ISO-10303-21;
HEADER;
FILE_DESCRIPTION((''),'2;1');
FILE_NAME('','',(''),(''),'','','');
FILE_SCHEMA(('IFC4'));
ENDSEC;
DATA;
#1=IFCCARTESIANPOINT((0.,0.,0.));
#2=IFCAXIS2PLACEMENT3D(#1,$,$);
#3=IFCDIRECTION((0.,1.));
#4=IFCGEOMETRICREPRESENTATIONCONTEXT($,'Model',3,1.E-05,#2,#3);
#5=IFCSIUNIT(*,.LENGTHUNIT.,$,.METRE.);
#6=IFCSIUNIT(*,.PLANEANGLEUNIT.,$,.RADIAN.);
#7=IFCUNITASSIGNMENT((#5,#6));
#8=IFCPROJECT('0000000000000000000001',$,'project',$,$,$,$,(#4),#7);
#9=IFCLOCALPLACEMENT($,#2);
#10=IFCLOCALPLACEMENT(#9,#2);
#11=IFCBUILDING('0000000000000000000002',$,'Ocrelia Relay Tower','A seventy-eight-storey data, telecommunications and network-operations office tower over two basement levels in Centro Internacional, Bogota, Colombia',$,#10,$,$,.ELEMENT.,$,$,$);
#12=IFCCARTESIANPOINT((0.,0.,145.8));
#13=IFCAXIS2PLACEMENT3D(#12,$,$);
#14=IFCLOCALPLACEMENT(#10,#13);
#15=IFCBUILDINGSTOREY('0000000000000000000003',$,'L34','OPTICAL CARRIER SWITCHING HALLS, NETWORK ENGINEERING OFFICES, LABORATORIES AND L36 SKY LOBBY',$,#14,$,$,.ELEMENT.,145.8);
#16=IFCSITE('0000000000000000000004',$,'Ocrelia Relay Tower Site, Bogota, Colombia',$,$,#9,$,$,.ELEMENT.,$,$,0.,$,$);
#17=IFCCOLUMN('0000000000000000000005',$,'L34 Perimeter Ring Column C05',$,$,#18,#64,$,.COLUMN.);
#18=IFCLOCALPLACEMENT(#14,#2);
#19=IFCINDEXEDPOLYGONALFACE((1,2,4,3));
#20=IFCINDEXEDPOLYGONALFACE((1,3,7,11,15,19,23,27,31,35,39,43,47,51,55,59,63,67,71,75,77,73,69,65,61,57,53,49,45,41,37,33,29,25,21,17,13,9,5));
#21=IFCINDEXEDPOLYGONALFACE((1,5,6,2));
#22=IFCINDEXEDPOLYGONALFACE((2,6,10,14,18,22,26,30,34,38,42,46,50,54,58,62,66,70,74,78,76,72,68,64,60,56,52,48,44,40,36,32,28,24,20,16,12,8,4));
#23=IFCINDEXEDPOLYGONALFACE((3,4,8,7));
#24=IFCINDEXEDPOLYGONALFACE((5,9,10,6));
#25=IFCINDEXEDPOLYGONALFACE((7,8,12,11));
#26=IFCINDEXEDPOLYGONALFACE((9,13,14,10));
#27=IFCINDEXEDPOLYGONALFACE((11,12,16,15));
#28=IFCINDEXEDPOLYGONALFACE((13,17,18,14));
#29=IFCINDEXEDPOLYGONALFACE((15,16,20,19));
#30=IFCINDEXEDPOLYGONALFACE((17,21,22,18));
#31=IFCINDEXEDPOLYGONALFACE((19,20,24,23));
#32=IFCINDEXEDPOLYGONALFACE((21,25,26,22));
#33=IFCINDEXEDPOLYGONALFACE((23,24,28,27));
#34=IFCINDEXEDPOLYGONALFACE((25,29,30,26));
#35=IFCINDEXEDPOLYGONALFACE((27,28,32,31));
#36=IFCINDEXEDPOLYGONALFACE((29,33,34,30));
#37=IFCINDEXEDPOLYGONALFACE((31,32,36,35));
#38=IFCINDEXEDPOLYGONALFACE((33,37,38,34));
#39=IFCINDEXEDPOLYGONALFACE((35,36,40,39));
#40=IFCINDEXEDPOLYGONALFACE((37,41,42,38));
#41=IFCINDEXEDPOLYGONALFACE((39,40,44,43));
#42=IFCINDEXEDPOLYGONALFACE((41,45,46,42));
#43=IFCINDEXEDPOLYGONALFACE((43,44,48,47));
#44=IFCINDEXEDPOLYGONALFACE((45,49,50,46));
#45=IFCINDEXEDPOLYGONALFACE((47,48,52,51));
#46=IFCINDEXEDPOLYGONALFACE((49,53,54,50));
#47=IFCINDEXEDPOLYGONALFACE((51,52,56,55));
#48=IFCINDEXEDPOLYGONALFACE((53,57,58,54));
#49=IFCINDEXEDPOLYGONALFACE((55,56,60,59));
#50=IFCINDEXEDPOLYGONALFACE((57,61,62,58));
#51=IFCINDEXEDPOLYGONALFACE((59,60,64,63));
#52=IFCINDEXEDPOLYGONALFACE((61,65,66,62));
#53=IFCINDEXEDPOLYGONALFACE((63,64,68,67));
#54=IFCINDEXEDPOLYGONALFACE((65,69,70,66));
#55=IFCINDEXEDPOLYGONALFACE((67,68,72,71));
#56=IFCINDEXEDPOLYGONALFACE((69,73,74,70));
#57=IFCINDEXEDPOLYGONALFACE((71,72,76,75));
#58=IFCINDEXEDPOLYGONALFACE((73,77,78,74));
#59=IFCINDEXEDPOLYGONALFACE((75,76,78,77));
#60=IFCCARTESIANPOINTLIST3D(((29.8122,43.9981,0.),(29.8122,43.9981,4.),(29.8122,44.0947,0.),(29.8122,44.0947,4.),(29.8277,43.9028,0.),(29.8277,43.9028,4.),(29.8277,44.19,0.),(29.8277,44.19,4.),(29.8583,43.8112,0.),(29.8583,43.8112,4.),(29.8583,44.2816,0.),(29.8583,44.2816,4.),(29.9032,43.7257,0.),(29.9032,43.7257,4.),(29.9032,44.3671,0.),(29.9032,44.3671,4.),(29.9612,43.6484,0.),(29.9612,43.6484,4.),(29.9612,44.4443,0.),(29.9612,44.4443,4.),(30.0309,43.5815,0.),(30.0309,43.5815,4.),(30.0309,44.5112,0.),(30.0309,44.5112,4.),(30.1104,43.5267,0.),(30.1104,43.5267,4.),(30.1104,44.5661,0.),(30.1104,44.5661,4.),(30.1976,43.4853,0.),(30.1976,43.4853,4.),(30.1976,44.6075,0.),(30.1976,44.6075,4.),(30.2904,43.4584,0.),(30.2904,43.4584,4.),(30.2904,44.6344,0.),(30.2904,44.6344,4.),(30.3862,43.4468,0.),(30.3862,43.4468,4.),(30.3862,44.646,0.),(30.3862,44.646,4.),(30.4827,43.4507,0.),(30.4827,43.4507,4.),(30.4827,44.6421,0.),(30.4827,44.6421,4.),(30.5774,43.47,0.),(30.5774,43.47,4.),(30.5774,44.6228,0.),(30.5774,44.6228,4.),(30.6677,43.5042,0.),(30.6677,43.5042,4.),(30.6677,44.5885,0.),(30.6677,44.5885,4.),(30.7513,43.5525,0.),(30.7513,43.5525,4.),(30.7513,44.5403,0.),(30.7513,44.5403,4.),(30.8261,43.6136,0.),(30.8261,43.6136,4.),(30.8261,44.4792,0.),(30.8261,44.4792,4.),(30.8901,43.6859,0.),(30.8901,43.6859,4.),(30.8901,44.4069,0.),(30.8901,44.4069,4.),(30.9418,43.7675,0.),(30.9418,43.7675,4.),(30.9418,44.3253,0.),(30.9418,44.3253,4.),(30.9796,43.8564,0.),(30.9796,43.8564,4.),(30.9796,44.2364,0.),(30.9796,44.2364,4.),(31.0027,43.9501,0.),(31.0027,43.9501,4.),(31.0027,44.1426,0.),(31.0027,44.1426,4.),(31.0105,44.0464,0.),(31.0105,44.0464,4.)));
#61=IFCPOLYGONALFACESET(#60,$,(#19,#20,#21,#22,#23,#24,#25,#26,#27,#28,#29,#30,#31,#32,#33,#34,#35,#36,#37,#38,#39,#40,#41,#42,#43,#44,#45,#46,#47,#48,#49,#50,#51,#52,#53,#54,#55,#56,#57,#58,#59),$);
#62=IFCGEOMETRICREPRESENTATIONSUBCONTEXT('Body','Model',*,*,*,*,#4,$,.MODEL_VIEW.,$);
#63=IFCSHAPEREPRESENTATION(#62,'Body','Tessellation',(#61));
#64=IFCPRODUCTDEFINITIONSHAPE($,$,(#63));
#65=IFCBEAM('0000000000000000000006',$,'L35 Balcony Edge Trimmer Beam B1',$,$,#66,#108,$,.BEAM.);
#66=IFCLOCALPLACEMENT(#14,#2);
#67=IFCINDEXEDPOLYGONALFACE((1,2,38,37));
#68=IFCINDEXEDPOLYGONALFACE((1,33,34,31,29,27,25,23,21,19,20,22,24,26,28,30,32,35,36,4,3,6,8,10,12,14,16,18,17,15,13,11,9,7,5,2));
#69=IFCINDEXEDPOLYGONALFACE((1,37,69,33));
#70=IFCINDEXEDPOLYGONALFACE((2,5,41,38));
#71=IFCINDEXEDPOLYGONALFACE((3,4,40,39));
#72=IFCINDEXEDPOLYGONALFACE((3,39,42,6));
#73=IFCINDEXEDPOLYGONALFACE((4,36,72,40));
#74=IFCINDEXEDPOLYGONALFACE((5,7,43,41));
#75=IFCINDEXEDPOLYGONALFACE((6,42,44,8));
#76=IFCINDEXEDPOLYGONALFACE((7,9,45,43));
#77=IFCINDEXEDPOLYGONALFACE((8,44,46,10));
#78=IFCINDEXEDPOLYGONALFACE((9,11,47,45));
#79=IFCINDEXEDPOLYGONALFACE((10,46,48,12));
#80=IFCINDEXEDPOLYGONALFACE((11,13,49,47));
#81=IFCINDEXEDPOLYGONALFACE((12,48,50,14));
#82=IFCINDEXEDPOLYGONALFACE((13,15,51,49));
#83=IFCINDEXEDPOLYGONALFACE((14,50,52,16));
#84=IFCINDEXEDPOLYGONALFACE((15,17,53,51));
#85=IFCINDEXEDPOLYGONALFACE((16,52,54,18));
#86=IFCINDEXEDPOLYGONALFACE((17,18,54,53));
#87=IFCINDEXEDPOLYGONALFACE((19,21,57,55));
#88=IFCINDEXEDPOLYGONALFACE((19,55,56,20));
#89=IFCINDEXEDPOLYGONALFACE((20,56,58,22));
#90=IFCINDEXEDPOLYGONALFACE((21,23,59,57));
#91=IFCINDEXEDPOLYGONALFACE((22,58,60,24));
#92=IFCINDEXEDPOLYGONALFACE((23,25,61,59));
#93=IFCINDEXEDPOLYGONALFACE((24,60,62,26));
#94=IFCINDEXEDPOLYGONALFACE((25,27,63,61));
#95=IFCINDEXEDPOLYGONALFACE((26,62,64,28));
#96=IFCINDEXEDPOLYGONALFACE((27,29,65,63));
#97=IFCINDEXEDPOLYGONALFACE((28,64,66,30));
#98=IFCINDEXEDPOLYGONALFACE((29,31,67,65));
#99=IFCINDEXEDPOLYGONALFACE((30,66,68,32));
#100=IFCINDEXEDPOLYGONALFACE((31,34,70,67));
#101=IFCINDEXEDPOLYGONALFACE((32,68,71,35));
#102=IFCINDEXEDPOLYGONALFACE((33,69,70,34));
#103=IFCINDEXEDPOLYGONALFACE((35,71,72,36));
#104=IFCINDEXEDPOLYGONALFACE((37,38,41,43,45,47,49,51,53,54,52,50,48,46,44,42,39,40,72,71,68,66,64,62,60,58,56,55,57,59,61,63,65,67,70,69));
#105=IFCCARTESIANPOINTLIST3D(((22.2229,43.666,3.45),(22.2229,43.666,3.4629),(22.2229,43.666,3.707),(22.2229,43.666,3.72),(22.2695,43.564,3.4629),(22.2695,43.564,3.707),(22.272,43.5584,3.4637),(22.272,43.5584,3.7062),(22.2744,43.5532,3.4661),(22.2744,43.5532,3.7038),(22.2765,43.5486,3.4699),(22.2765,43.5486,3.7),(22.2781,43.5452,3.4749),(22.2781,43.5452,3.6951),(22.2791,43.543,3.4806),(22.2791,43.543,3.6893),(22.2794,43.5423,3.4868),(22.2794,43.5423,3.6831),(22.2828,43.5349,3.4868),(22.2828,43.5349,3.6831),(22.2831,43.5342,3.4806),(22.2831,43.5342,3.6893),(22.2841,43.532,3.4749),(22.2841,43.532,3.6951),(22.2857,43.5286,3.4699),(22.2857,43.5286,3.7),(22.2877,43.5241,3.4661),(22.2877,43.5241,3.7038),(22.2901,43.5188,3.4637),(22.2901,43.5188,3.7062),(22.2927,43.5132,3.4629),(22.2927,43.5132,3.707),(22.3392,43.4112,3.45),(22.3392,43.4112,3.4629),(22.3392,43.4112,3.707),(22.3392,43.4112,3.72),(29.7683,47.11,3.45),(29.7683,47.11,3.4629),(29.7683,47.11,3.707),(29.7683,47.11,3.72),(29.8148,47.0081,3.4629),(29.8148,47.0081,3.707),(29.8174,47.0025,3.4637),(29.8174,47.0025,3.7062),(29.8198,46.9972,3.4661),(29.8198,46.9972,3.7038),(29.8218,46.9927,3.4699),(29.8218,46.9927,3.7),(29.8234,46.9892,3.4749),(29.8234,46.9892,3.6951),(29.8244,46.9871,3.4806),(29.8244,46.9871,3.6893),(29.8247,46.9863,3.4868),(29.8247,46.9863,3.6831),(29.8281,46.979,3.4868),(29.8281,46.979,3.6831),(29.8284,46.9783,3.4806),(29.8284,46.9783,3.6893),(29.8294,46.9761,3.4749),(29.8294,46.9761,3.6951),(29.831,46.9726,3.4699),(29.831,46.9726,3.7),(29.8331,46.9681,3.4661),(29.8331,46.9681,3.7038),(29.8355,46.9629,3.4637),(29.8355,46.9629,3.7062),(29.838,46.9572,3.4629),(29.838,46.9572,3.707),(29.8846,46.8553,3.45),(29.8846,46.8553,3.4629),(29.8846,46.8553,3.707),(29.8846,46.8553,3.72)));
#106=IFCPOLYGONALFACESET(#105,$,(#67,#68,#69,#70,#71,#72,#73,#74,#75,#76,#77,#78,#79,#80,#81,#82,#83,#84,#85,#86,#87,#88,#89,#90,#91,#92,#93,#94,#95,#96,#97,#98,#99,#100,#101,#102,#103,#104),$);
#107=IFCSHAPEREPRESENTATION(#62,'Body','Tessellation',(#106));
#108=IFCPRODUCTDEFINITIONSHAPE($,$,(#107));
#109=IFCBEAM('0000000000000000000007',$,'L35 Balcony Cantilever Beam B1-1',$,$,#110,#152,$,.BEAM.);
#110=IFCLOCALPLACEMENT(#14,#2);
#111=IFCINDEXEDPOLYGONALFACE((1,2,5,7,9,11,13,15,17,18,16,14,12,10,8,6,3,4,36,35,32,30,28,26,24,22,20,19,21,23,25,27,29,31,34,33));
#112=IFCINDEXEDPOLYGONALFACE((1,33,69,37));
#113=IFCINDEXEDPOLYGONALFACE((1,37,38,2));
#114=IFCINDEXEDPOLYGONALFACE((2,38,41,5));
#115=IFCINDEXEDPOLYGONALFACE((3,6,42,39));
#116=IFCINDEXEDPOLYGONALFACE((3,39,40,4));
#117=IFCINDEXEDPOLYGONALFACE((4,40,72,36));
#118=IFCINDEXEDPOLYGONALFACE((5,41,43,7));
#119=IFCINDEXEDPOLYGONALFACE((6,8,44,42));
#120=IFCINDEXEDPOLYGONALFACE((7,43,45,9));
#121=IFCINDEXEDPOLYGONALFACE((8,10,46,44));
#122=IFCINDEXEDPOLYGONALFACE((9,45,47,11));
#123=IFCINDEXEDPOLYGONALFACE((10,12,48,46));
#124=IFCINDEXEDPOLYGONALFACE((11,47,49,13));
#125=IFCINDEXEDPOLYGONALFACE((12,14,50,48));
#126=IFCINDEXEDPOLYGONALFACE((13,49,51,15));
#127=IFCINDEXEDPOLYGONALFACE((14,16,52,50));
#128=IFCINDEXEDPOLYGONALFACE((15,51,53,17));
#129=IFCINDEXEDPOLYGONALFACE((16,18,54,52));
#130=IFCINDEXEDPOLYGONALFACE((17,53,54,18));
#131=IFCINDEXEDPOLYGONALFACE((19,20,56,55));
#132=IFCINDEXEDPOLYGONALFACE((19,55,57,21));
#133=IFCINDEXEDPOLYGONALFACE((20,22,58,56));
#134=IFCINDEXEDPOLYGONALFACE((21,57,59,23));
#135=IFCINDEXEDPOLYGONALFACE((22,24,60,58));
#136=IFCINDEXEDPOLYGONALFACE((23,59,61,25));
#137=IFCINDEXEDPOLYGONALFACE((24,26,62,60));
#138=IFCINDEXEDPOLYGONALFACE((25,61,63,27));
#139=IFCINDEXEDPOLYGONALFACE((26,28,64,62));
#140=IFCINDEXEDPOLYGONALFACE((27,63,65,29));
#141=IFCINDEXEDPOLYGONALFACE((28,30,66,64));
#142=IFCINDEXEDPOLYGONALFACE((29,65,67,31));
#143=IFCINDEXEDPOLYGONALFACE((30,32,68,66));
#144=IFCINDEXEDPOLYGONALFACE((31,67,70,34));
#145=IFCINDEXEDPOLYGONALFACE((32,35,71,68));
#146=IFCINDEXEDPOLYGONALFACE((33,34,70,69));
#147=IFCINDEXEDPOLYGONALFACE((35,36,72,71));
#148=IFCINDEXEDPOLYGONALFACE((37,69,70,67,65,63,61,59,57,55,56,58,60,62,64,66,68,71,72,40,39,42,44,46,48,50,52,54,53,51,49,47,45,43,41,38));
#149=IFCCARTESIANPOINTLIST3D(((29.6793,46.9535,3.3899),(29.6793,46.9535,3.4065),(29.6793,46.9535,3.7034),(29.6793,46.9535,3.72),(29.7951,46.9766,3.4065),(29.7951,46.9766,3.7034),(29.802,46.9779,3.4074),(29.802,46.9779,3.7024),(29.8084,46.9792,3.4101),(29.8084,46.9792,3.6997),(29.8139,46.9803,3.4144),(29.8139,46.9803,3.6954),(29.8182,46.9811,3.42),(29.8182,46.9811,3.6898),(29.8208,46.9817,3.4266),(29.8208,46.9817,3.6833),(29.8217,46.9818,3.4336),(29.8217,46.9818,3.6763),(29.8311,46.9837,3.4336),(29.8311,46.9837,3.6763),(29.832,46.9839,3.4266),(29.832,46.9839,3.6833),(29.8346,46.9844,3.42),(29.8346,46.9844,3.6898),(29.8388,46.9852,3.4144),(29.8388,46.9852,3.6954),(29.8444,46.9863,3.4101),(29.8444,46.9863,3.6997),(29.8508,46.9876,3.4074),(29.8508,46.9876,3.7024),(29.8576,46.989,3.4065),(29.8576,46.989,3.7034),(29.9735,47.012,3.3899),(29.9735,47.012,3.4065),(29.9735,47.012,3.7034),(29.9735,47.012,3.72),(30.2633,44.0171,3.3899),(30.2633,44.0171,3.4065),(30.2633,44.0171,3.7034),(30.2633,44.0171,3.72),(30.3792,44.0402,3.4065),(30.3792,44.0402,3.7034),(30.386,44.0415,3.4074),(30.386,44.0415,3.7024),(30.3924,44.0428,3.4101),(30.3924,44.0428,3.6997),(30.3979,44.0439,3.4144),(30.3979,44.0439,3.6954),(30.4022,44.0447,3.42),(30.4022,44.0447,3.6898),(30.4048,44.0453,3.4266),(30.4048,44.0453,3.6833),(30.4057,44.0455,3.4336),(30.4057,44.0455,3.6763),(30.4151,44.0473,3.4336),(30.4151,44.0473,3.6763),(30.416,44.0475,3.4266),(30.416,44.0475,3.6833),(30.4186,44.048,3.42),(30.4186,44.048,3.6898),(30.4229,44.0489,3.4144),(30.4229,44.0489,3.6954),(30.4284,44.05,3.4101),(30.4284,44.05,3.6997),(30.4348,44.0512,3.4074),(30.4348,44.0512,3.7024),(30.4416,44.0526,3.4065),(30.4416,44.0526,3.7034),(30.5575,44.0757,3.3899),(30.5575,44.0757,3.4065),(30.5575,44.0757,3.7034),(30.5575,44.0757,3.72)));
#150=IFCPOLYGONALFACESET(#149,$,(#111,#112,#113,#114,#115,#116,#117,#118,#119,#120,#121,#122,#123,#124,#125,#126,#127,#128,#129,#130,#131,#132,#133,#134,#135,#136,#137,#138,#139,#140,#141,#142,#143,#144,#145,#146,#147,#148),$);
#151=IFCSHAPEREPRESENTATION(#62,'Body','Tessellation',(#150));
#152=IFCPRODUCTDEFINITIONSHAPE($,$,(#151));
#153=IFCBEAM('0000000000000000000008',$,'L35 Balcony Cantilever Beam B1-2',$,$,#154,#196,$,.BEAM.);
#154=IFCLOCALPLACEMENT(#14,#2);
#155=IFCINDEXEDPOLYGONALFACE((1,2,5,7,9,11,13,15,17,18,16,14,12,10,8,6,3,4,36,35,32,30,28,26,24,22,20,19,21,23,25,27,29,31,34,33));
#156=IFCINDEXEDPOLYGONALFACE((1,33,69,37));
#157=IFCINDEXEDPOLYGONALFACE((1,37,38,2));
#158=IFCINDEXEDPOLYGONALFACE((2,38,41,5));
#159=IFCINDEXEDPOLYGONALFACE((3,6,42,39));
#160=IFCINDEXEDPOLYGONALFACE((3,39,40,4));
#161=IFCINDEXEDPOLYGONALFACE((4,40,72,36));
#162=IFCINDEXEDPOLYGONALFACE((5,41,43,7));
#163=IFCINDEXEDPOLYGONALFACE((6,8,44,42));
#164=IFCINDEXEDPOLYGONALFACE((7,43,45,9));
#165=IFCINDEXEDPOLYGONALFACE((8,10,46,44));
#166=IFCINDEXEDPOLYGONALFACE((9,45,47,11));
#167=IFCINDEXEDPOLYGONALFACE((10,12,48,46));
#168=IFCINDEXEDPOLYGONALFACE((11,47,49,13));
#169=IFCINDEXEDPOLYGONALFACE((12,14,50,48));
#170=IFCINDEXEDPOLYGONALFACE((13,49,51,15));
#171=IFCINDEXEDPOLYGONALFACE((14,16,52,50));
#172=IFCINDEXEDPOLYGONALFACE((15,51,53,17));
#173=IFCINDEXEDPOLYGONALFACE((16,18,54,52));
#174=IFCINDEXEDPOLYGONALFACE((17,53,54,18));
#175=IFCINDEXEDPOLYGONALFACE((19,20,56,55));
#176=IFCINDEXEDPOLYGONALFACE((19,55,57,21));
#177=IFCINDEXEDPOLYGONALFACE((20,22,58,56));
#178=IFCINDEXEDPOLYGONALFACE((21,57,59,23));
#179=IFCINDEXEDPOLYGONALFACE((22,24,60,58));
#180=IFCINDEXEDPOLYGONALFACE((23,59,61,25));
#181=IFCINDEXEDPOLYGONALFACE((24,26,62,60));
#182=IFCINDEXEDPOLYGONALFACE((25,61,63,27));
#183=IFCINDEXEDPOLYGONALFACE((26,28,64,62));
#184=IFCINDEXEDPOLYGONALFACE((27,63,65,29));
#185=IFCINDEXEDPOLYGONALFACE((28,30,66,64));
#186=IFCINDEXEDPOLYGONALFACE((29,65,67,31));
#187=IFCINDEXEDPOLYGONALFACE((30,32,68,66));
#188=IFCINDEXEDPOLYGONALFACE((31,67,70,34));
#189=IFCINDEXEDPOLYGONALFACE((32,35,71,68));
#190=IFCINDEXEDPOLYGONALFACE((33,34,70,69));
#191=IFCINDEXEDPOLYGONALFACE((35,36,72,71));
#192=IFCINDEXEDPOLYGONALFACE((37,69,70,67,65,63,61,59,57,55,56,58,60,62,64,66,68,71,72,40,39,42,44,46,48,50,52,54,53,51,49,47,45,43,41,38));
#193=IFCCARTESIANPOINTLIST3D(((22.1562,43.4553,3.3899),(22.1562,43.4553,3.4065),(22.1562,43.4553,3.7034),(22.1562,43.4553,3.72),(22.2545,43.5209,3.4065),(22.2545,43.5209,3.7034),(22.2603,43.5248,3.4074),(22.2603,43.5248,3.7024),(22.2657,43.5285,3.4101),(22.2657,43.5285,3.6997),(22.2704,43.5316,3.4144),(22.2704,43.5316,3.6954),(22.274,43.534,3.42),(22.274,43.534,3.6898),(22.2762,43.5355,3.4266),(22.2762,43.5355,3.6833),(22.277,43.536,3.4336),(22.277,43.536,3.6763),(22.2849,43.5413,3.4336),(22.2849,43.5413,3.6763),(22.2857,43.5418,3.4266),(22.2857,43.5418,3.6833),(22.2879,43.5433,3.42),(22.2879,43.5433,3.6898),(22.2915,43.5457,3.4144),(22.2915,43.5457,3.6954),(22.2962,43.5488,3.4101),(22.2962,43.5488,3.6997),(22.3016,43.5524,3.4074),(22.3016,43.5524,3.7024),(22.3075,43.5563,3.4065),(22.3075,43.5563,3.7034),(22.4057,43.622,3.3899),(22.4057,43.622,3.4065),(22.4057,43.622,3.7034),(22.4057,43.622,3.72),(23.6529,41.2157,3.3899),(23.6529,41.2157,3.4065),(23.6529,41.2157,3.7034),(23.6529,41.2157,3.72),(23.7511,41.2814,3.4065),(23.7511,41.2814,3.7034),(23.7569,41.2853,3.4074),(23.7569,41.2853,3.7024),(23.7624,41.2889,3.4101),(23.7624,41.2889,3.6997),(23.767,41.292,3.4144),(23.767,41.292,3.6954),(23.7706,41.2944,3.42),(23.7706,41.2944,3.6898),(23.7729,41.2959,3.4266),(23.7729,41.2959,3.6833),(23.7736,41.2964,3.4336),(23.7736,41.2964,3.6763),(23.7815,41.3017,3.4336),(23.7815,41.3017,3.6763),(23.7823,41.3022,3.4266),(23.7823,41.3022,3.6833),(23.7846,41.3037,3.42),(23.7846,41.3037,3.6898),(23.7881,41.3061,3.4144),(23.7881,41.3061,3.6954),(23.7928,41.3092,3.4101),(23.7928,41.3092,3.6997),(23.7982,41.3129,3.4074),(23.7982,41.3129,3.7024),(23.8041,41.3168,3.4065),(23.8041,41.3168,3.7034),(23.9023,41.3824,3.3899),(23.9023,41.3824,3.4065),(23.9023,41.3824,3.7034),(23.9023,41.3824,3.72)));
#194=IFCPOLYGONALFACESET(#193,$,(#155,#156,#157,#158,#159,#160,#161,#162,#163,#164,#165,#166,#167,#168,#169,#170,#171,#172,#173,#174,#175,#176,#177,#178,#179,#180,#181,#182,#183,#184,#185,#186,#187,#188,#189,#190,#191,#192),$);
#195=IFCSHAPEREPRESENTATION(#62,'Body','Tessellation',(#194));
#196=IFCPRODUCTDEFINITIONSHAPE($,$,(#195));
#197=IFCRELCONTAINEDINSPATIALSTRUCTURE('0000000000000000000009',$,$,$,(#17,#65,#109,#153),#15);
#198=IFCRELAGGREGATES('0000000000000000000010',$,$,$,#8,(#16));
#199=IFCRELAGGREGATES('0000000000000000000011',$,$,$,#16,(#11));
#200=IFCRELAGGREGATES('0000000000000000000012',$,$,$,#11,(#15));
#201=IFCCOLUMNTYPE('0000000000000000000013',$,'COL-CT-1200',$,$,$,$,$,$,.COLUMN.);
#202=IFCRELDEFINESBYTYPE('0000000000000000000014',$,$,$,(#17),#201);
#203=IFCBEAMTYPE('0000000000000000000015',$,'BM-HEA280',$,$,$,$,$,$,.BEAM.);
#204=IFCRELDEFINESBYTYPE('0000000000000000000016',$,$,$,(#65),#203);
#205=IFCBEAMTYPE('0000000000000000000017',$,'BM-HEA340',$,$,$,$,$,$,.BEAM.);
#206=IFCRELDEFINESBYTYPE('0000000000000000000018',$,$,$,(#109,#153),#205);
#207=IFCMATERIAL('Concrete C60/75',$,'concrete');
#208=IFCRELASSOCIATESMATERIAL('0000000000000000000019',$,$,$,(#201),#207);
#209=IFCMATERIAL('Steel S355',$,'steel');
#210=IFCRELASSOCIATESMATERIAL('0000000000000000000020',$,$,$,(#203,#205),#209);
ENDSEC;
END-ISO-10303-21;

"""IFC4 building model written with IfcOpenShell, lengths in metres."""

from ifc_helpers import new_model, si_unit, direction, frame, origin, origin_2d, place, context, subcontext, project, spatial, circle, i_section, extrude, material, material_profile, profile_set, type_object, element, save


model = new_model("IFC4")

# Units and contexts
model_context = context("Model", 3, precision=1e-05, world=origin(), true_north=direction((0.0, 1.0)))
body_context = subcontext(model_context, "Body", "Model", "MODEL_VIEW")
ifc_project = project(units=[si_unit("LENGTHUNIT", "METRE"), si_unit("PLANEANGLEUNIT", "RADIAN")], contexts=[model_context])

# Site, building, storey
site_placement = place(None, origin())
site = spatial("IfcSite", under=ifc_project, at=site_placement, Name="Ocrelia Relay Tower Site, Bogota, Colombia", CompositionType="ELEMENT", RefElevation=0.0)
building_placement = place(site_placement, origin())
building = spatial("IfcBuilding", under=site, at=building_placement, Name="Ocrelia Relay Tower", Description="A seventy-eight-storey data, telecommunications and network-operations office tower over two basement levels in Centro Internacional, Bogota, Colombia", CompositionType="ELEMENT")
storey_placement = place(building_placement, frame((0.0, 0.0, 145.8)))
storey = spatial("IfcBuildingStorey", under=building, at=storey_placement, Name="L34", Description="OPTICAL CARRIER SWITCHING HALLS, NETWORK ENGINEERING OFFICES, LABORATORIES AND L36 SKY LOBBY", CompositionType="ELEMENT", Elevation=145.8)

# Column
ifc_material_1 = material(Name="Concrete C60/75", Category="concrete")
ifc_material_profile_1 = material_profile(ifc_material_1, circle(Radius=0.6001, at=origin_2d()), Name="RC-CIR-1200")
ifc_profile_set_1 = profile_set([ifc_material_profile_1], Name="Concrete C60/75")
column_type = type_object("IfcColumnType", Name="COL-CT-1200", PredefinedType="COLUMN", material=ifc_profile_set_1)
column_placement = place(storey_placement, frame((30.4104, 44.0464, 0.0), z_axis=(0.0, 0.0, 1.0), x_axis=(1.0, 0.0, 0.0)))
element("IfcColumn", 1, at=column_placement, inside=storey, type_object=column_type, Name="L34 Perimeter Ring Column C05", PredefinedType="COLUMN", context=body_context, shape_type="SweptSolid", body=[
    extrude(circle(Radius=0.6001, at=origin_2d()), origin(), (0.0, 0.0, 1.0), 4.0),
])

# Beams
ifc_material_2 = material(Name="Steel S355", Category="steel")
ifc_material_profile_2 = material_profile(ifc_material_2, i_section(OverallWidth=0.28, OverallDepth=0.27, WebThickness=0.0081, FlangeThickness=0.0129, FilletRadius=0.0239, at=origin_2d()), Name="HEA 280")
ifc_profile_set_2 = profile_set([ifc_material_profile_2], Name="Steel S355")
beam_type_1 = type_object("IfcBeamType", Name="BM-HEA280", PredefinedType="BEAM", material=ifc_profile_set_2)
beam_1_placement = place(storey_placement, frame((29.8264, 46.9827, 3.585), z_axis=(-0.909713, -0.415237, 0.0), x_axis=(0.415237, -0.909713, 0.0)))
element("IfcBeam", 2, at=beam_1_placement, inside=storey, type_object=beam_type_1, Name="L35 Balcony Edge Trimmer Beam B1", PredefinedType="BEAM", context=body_context, shape_type="SweptSolid", body=[
    extrude(i_section(OverallWidth=0.28, OverallDepth=0.27, WebThickness=0.0081, FlangeThickness=0.0129, FilletRadius=0.0239, at=origin_2d()), origin(), (0.0, 0.0, 1.0), 8.2942),
])
ifc_material_profile_3 = material_profile(ifc_material_2, i_section(OverallWidth=0.3, OverallDepth=0.3301, WebThickness=0.0095, FlangeThickness=0.0166, FilletRadius=0.0271, at=origin_2d()), Name="HEA 340")
ifc_profile_set_3 = profile_set([ifc_material_profile_3], Name="Steel S355")
beam_type_2 = type_object("IfcBeamType", Name="BM-HEA340", PredefinedType="BEAM", material=ifc_profile_set_3)
beam_2_placement = place(storey_placement, frame((30.4104, 44.0464, 3.5549), z_axis=(-0.195065, 0.98079, 0.0), x_axis=(-0.98079, -0.195065, 0.0)))
element("IfcBeam", 3, at=beam_2_placement, inside=storey, type_object=beam_type_2, Name="L35 Balcony Cantilever Beam B1-1", PredefinedType="BEAM", context=body_context, shape_type="SweptSolid", body=[
    extrude(i_section(OverallWidth=0.3, OverallDepth=0.3301, WebThickness=0.0095, FlangeThickness=0.0166, FilletRadius=0.0271, at=origin_2d()), origin(), (0.0, 0.0, 1.0), 2.9939),
])
beam_3_placement = place(storey_placement, frame((23.7776, 41.2991, 3.5549), z_axis=(-0.55562, 0.831436, 0.0), x_axis=(-0.831436, -0.55562, 0.0)))
element("IfcBeam", 4, at=beam_3_placement, inside=storey, type_object=beam_type_2, Name="L35 Balcony Cantilever Beam B1-2", PredefinedType="BEAM", context=body_context, shape_type="SweptSolid", body=[
    extrude(i_section(OverallWidth=0.3, OverallDepth=0.3301, WebThickness=0.0095, FlangeThickness=0.0166, FilletRadius=0.0271, at=origin_2d()), origin(), (0.0, 0.0, 1.0), 2.6936),
])

save(model, "model.ifc")
